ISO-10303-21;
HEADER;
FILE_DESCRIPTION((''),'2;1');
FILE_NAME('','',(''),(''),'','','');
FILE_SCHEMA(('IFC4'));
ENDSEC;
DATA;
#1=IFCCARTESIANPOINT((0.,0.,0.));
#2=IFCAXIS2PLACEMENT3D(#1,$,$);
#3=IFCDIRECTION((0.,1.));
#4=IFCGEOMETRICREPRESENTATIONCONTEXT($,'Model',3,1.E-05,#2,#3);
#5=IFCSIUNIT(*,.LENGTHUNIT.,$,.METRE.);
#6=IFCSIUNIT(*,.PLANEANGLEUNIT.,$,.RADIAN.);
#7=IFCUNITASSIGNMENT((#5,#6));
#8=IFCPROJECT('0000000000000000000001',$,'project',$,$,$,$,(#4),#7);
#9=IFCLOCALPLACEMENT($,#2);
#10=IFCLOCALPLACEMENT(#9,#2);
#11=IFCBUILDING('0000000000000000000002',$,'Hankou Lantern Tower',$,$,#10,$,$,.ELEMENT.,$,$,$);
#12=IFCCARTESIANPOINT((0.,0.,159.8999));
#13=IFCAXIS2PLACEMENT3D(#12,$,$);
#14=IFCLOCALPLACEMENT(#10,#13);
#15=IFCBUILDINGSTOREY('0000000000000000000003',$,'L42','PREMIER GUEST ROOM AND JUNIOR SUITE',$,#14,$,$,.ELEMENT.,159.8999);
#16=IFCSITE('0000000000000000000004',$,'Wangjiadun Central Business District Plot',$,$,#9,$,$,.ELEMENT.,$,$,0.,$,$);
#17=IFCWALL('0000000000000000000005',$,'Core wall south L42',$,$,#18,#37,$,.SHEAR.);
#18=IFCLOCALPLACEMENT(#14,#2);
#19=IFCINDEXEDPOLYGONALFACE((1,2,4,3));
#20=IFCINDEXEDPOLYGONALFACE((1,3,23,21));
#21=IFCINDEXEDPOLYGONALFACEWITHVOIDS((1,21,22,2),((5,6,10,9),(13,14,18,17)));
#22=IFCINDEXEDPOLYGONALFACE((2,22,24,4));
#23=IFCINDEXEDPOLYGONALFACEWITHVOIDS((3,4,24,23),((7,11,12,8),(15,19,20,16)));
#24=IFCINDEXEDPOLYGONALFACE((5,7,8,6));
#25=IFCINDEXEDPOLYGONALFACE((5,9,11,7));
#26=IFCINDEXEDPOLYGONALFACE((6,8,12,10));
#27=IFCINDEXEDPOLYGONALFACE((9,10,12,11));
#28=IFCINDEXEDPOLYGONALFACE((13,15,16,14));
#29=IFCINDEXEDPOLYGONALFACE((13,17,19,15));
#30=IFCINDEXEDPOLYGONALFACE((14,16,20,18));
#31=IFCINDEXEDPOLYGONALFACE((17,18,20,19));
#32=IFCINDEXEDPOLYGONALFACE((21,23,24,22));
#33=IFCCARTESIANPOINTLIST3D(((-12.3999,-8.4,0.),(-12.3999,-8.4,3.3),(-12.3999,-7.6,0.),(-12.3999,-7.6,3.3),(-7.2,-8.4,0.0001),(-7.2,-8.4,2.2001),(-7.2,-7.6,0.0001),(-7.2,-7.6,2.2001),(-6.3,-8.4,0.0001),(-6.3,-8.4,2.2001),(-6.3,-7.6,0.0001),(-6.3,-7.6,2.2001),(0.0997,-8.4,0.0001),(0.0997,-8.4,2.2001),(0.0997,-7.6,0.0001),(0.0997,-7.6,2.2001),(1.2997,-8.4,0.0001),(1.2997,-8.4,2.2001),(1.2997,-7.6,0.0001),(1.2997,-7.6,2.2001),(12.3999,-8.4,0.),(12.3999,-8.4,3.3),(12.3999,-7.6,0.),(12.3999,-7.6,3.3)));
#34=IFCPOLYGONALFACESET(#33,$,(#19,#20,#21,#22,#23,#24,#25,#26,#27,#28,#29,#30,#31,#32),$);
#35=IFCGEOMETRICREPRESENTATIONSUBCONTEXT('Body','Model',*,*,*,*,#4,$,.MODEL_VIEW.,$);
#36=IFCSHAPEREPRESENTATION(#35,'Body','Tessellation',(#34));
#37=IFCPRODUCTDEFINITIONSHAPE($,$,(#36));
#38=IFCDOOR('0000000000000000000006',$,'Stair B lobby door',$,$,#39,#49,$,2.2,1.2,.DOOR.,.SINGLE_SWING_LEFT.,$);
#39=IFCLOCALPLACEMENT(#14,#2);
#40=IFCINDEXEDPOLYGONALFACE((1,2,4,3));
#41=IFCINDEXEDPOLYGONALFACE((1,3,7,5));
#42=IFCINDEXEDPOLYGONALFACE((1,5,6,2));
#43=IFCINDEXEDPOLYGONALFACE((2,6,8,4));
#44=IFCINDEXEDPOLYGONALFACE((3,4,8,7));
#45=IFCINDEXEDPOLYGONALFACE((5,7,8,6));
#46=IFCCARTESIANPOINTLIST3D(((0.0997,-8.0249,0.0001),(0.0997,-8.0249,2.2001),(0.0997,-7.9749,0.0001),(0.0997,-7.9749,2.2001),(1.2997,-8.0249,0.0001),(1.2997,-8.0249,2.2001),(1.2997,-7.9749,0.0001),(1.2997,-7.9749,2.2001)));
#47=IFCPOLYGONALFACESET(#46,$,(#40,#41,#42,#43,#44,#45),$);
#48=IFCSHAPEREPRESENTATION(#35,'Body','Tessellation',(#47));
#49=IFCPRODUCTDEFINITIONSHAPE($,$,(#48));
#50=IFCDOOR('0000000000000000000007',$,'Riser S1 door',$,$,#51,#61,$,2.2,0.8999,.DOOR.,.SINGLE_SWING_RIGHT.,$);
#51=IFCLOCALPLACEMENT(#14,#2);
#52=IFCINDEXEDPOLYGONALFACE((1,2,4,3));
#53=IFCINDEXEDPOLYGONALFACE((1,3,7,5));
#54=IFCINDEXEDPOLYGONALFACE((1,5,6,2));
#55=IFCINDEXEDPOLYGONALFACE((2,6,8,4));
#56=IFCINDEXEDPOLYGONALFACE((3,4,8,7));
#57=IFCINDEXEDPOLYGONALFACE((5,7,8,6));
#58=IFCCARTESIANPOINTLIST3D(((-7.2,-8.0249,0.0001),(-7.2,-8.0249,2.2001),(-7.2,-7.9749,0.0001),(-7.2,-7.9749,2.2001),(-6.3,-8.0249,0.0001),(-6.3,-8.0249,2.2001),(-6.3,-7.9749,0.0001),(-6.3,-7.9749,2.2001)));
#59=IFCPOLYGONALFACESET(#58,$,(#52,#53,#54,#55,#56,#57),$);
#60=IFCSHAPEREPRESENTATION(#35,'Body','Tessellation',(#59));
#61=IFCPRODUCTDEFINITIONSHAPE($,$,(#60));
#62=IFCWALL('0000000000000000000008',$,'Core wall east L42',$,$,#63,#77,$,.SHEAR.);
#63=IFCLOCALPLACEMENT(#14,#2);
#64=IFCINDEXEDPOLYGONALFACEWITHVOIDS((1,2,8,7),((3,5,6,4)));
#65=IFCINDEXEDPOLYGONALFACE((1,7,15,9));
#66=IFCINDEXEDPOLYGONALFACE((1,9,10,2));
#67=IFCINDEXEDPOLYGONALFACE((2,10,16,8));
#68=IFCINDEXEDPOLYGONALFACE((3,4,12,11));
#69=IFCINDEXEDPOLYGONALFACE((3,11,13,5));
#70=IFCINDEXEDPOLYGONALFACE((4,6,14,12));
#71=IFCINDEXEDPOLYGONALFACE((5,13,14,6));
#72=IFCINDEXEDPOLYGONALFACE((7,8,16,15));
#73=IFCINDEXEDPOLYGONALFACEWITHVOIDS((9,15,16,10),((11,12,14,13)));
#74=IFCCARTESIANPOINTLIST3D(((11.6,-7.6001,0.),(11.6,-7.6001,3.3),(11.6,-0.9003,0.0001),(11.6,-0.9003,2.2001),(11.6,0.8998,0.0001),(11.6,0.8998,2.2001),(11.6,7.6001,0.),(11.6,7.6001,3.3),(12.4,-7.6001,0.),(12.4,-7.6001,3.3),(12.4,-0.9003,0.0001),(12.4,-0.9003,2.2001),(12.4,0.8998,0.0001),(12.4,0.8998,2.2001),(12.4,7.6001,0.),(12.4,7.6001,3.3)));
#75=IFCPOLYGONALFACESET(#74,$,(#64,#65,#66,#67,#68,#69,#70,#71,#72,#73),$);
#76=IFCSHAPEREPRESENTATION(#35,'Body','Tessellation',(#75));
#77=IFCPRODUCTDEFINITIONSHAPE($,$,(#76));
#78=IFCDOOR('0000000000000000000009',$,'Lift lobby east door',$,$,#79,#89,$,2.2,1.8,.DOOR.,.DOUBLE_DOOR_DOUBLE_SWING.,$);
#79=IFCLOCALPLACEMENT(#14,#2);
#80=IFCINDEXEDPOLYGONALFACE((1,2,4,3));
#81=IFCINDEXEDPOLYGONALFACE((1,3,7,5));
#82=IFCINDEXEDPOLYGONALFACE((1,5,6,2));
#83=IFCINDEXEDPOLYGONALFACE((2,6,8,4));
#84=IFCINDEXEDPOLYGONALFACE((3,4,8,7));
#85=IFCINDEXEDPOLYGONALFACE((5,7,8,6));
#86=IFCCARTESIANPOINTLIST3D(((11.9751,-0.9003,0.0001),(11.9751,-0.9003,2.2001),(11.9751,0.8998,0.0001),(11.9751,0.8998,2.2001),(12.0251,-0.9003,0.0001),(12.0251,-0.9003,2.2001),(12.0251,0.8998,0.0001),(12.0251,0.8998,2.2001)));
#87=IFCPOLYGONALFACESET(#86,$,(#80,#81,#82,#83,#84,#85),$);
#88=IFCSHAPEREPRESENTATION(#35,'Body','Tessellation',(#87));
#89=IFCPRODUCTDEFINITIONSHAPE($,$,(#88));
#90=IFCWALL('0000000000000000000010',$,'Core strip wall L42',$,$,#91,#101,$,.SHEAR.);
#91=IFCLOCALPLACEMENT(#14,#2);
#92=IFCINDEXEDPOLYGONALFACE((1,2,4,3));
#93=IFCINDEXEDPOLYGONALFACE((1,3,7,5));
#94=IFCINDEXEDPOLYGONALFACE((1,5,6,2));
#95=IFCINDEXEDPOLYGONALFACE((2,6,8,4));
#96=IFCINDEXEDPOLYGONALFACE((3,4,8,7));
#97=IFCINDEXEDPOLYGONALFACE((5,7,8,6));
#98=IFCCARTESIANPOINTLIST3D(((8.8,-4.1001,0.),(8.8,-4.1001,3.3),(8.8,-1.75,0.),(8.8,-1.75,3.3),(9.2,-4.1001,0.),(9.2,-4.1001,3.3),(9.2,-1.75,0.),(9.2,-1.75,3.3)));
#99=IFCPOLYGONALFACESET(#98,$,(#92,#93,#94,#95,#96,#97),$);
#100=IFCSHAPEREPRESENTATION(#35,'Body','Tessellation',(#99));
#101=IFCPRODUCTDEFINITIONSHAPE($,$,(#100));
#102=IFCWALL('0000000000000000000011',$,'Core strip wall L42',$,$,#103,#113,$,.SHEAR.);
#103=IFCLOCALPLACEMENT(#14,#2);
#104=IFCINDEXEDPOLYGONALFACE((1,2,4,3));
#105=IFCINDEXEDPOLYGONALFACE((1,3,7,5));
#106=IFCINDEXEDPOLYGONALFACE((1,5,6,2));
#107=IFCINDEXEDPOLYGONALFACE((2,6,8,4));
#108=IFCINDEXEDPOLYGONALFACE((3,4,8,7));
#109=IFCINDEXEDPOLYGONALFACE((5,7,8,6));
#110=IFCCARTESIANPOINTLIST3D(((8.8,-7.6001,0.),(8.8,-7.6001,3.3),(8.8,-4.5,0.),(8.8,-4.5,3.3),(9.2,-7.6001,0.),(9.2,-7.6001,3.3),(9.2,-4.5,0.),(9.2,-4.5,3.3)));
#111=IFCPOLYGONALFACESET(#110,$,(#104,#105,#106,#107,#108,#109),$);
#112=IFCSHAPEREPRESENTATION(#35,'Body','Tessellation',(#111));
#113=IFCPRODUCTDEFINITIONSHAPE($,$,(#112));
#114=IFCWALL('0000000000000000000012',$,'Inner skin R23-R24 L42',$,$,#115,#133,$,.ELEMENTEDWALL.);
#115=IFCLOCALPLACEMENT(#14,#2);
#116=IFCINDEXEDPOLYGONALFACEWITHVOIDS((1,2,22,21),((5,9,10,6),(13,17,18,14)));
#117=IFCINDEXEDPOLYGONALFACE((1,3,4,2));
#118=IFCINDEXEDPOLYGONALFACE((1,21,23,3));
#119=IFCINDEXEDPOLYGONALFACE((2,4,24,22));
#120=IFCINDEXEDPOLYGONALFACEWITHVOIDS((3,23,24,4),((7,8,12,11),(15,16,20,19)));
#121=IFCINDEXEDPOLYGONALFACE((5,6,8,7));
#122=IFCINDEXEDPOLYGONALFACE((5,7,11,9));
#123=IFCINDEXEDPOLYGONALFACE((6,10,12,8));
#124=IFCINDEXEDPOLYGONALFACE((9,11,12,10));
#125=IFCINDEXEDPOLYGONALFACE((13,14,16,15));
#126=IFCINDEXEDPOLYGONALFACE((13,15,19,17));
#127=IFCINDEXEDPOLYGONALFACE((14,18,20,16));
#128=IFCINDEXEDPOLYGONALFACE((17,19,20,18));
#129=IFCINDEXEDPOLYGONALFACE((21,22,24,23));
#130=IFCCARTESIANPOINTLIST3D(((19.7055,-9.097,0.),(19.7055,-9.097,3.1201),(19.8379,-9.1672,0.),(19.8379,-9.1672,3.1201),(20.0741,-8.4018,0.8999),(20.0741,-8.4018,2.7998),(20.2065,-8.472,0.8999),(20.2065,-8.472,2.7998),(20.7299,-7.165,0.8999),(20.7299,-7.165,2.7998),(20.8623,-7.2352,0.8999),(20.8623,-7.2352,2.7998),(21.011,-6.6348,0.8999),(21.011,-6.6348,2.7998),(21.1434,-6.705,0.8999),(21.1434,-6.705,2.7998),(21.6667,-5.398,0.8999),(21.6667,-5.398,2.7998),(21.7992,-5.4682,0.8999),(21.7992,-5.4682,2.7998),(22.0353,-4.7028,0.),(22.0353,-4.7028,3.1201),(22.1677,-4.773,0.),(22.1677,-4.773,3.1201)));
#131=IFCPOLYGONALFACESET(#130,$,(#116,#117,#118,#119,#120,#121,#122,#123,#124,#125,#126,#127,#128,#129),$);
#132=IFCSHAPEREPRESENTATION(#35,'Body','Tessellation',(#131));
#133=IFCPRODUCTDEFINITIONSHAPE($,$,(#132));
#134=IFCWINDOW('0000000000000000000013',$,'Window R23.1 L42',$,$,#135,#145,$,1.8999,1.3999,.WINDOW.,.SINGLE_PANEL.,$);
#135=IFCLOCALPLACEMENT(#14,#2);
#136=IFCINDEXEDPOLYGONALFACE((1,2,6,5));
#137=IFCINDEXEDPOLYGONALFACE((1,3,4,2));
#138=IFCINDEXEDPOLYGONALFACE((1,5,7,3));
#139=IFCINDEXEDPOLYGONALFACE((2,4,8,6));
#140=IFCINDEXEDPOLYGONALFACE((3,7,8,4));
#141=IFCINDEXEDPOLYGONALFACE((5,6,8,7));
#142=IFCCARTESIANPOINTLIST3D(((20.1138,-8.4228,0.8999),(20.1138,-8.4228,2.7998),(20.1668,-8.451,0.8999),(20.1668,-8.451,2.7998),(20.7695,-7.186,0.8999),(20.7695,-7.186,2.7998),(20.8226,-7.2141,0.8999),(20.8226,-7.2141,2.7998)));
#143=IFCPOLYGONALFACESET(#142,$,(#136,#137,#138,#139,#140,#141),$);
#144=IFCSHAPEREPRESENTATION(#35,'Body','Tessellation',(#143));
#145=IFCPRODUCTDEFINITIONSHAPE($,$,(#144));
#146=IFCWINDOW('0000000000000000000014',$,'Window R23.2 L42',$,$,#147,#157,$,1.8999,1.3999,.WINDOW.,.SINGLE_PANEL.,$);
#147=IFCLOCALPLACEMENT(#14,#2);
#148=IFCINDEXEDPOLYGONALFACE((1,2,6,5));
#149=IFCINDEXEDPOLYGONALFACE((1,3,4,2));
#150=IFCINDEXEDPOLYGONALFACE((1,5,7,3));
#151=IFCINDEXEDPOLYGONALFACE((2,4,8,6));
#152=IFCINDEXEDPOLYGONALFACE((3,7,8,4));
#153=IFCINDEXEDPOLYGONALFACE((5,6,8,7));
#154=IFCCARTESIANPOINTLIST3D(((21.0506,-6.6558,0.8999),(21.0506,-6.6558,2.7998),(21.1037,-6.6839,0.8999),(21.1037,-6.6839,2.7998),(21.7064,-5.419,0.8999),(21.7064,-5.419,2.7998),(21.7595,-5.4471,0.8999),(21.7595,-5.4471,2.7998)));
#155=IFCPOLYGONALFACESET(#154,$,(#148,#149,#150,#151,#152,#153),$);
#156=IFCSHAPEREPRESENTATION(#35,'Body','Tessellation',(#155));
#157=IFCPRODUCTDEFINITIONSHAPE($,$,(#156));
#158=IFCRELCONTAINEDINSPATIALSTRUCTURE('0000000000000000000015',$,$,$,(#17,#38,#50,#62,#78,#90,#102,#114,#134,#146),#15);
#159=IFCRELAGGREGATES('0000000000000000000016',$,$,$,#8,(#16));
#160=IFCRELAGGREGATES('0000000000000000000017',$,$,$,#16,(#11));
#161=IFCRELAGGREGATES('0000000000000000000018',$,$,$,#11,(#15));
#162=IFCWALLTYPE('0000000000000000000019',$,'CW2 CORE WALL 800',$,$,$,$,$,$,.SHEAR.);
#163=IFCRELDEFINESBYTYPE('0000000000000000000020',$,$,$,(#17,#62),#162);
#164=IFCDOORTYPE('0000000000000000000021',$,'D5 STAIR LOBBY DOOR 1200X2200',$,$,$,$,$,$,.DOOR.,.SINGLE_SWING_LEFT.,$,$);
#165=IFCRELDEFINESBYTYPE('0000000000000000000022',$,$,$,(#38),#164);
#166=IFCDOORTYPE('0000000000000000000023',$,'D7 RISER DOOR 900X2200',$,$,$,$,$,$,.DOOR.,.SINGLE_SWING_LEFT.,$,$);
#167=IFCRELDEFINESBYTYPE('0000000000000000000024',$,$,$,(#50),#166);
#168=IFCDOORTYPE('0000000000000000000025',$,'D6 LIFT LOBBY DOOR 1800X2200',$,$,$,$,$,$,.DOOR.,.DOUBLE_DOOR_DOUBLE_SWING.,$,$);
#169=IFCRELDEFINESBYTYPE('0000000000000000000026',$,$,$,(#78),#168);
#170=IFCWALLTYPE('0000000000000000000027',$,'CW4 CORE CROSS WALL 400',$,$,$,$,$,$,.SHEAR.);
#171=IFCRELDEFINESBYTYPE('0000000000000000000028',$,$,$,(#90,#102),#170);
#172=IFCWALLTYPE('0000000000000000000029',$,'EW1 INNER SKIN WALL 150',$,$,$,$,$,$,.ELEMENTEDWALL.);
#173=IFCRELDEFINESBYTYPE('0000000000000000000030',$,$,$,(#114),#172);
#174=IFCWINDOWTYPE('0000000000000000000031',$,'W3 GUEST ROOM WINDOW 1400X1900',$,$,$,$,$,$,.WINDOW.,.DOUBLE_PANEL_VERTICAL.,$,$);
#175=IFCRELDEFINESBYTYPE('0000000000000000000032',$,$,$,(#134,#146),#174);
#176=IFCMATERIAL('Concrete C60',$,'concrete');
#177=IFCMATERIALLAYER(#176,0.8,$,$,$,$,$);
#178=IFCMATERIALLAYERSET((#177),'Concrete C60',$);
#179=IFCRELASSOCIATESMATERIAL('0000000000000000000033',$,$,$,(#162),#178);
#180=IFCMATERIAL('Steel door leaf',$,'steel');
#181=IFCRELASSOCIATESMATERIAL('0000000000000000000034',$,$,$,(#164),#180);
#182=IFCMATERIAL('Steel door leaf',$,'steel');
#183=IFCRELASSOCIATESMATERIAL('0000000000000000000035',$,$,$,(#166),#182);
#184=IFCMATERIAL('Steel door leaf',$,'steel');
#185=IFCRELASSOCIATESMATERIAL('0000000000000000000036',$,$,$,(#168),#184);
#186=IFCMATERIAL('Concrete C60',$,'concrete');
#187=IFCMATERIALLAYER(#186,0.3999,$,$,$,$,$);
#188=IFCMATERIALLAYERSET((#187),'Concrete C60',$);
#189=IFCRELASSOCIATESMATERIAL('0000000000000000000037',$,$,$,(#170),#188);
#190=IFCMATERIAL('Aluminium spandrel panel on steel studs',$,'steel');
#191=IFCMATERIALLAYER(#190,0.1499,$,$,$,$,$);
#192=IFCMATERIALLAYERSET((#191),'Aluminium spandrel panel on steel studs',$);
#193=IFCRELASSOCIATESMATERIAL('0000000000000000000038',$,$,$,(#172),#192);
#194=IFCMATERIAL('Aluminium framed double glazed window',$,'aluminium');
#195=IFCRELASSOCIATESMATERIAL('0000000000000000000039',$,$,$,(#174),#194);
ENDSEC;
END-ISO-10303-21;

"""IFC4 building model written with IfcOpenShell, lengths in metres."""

from ifc_helpers import new_model, si_unit, direction, frame, frame_2d, origin, place, context, subcontext, project, spatial, rectangle, extrude, material, layer, layer_set, type_object, element, fill, save


model = new_model("IFC4")

# Units and contexts
model_context = context("Model", 3, precision=1e-05, world=origin(), true_north=direction((0.0, 1.0)))
body_context = subcontext(model_context, "Body", "Model", "MODEL_VIEW")
ifc_project = project(units=[si_unit("LENGTHUNIT", "METRE"), si_unit("PLANEANGLEUNIT", "RADIAN")], contexts=[model_context])

# Site, building, storey
site_placement = place(None, origin())
site = spatial("IfcSite", under=ifc_project, at=site_placement, Name="Wangjiadun Central Business District Plot", CompositionType="ELEMENT", RefElevation=0.0)
building_placement = place(site_placement, origin())
building = spatial("IfcBuilding", under=site, at=building_placement, Name="Hankou Lantern Tower", CompositionType="ELEMENT")
storey_placement = place(building_placement, frame((0.0, 0.0, 159.8999)))
storey = spatial("IfcBuildingStorey", under=building, at=storey_placement, Name="L42", Description="PREMIER GUEST ROOM AND JUNIOR SUITE", CompositionType="ELEMENT", Elevation=159.8999)

# Wall, openings, doors
ifc_material_1 = material(Name="Concrete C60", Category="concrete")
ifc_layer_1 = layer(ifc_material_1, 0.8)
ifc_layer_set_1 = layer_set([ifc_layer_1], Name="Concrete C60")
wall_type_1 = type_object("IfcWallType", Name="CW2 CORE WALL 800", PredefinedType="SHEAR", material=ifc_layer_set_1)
wall_1_placement = place(storey_placement, frame((12.3999, -8.0, 0.0), z_axis=(0.0, 0.0, 1.0), x_axis=(-1.0, 0.0, 0.0)))
wall_1 = element("IfcWall", 1, at=wall_1_placement, inside=storey, type_object=wall_type_1, Name="Core wall south L42", PredefinedType="SHEAR", context=body_context, shape_type="SweptSolid", body=[
    extrude(rectangle(XDim=24.7998, YDim=0.8, at=frame_2d((12.3999, 0.0))), origin(), (0.0, 0.0, 1.0), 3.3),
])
opening_1_placement = place(wall_1_placement, frame((11.1001, 0.0, 0.0)))
opening_1 = element("IfcOpeningElement", 2, at=opening_1_placement, cuts=wall_1, PredefinedType="OPENING", context=body_context, shape_type="SweptSolid", body=[
    extrude(rectangle(XDim=1.2, YDim=2.2, at=frame_2d((0.6001, 1.1001))), frame((0.0, 0.4099, 0.0), z_axis=(0.0, -1.0, 0.0), x_axis=(1.0, 0.0, 0.0)), (0.0, 0.0, 1.0), 0.8201),
])
opening_2_placement = place(wall_1_placement, frame((18.7, 0.0, 0.0)))
opening_2 = element("IfcOpeningElement", 3, at=opening_2_placement, cuts=wall_1, PredefinedType="OPENING", context=body_context, shape_type="SweptSolid", body=[
    extrude(rectangle(XDim=0.8999, YDim=2.2, at=frame_2d((0.45, 1.1001))), frame((0.0, 0.4099, 0.0), z_axis=(0.0, -1.0, 0.0), x_axis=(1.0, 0.0, 0.0)), (0.0, 0.0, 1.0), 0.8201),
])
ifc_material_2 = material(Name="Steel door leaf", Category="steel")
door_type_1 = type_object("IfcDoorType", Name="D5 STAIR LOBBY DOOR 1200X2200", OperationType="SINGLE_SWING_LEFT", PredefinedType="DOOR", material=ifc_material_2)
door_1_placement = place(opening_1_placement, origin())
door_1 = element("IfcDoor", 4, at=door_1_placement, inside=storey, type_object=door_type_1, Name="Stair B lobby door", OperationType="SINGLE_SWING_LEFT", OverallHeight=2.2, OverallWidth=1.2, PredefinedType="DOOR", context=body_context, shape_type="SweptSolid", body=[
    extrude(rectangle(XDim=1.2, YDim=2.2, at=frame_2d((0.6001, 1.1001))), frame((0.0, 0.0249, 0.0), z_axis=(0.0, -1.0, 0.0), x_axis=(1.0, 0.0, 0.0)), (0.0, 0.0, 1.0), 0.05),
])
fill(opening_1, door_1)
ifc_material_3 = material(Name="Steel door leaf", Category="steel")
door_type_2 = type_object("IfcDoorType", Name="D7 RISER DOOR 900X2200", OperationType="SINGLE_SWING_LEFT", PredefinedType="DOOR", material=ifc_material_3)
door_2_placement = place(opening_2_placement, origin())
door_2 = element("IfcDoor", 5, at=door_2_placement, inside=storey, type_object=door_type_2, Name="Riser S1 door", OperationType="SINGLE_SWING_RIGHT", OverallHeight=2.2, OverallWidth=0.8999, PredefinedType="DOOR", context=body_context, shape_type="SweptSolid", body=[
    extrude(rectangle(XDim=0.8999, YDim=2.2, at=frame_2d((0.45, 1.1001))), frame((0.0, 0.0249, 0.0), z_axis=(0.0, -1.0, 0.0), x_axis=(1.0, 0.0, 0.0)), (0.0, 0.0, 1.0), 0.05),
])
fill(opening_2, door_2)

# Wall, opening, door
wall_2_placement = place(storey_placement, frame((12.0, -7.6001, 0.0), z_axis=(0.0, 0.0, 1.0), x_axis=(0.0, 1.0, 0.0)))
wall_2 = element("IfcWall", 6, at=wall_2_placement, inside=storey, type_object=wall_type_1, Name="Core wall east L42", PredefinedType="SHEAR", context=body_context, shape_type="SweptSolid", body=[
    extrude(rectangle(XDim=15.2002, YDim=0.8, at=frame_2d((7.6001, 0.0))), origin(), (0.0, 0.0, 1.0), 3.3),
])
opening_3_placement = place(wall_2_placement, frame((6.7, 0.0, 0.0)))
opening_3 = element("IfcOpeningElement", 7, at=opening_3_placement, cuts=wall_2, PredefinedType="OPENING", context=body_context, shape_type="SweptSolid", body=[
    extrude(rectangle(XDim=1.8, YDim=2.2, at=frame_2d((0.8999, 1.1001))), frame((0.0, 0.4099, 0.0), z_axis=(0.0, -1.0, 0.0), x_axis=(1.0, 0.0, 0.0)), (0.0, 0.0, 1.0), 0.8201),
])
ifc_material_4 = material(Name="Steel door leaf", Category="steel")
door_type_3 = type_object("IfcDoorType", Name="D6 LIFT LOBBY DOOR 1800X2200", OperationType="DOUBLE_DOOR_DOUBLE_SWING", PredefinedType="DOOR", material=ifc_material_4)
door_3_placement = place(opening_3_placement, origin())
door_3 = element("IfcDoor", 8, at=door_3_placement, inside=storey, type_object=door_type_3, Name="Lift lobby east door", OperationType="DOUBLE_DOOR_DOUBLE_SWING", OverallHeight=2.2, OverallWidth=1.8, PredefinedType="DOOR", context=body_context, shape_type="SweptSolid", body=[
    extrude(rectangle(XDim=1.8, YDim=2.2, at=frame_2d((0.8999, 1.1001))), frame((0.0, 0.0249, 0.0), z_axis=(0.0, -1.0, 0.0), x_axis=(1.0, 0.0, 0.0)), (0.0, 0.0, 1.0), 0.05),
])
fill(opening_3, door_3)

# Walls
ifc_material_5 = material(Name="Concrete C60", Category="concrete")
ifc_layer_2 = layer(ifc_material_5, 0.3999)
ifc_layer_set_2 = layer_set([ifc_layer_2], Name="Concrete C60")
wall_type_2 = type_object("IfcWallType", Name="CW4 CORE CROSS WALL 400", PredefinedType="SHEAR", material=ifc_layer_set_2)
wall_3_placement = place(storey_placement, frame((9.0, -4.1001, 0.0), z_axis=(0.0, 0.0, 1.0), x_axis=(0.0, 1.0, 0.0)))
element("IfcWall", 9, at=wall_3_placement, inside=storey, type_object=wall_type_2, Name="Core strip wall L42", PredefinedType="SHEAR", context=body_context, shape_type="SweptSolid", body=[
    extrude(rectangle(XDim=2.3501, YDim=0.3999, at=frame_2d((1.175, 0.0))), origin(), (0.0, 0.0, 1.0), 3.3),
])
wall_4_placement = place(storey_placement, frame((9.0, -7.6001, 0.0), z_axis=(0.0, 0.0, 1.0), x_axis=(0.0, 1.0, 0.0)))
element("IfcWall", 10, at=wall_4_placement, inside=storey, type_object=wall_type_2, Name="Core strip wall L42", PredefinedType="SHEAR", context=body_context, shape_type="SweptSolid", body=[
    extrude(rectangle(XDim=3.1001, YDim=0.3999, at=frame_2d((1.55, 0.0))), origin(), (0.0, 0.0, 1.0), 3.3),
])

# Wall, openings, windows
ifc_material_6 = material(Name="Aluminium spandrel panel on steel studs", Category="steel")
ifc_layer_3 = layer(ifc_material_6, 0.1499)
ifc_layer_set_3 = layer_set([ifc_layer_3], Name="Aluminium spandrel panel on steel studs")
wall_type_3 = type_object("IfcWallType", Name="EW1 INNER SKIN WALL 150", PredefinedType="ELEMENTEDWALL", material=ifc_layer_set_3)
wall_5_placement = place(storey_placement, frame((19.7717, -9.1321, 0.0), z_axis=(0.0, 0.0, 1.0), x_axis=(0.468429, 0.883501, 0.0)))
wall_5 = element("IfcWall", 11, at=wall_5_placement, inside=storey, type_object=wall_type_3, Name="Inner skin R23-R24 L42", PredefinedType="ELEMENTEDWALL", context=body_context, shape_type="SweptSolid", body=[
    extrude(rectangle(XDim=4.9736, YDim=0.1499, at=frame_2d((2.4868, 0.0))), origin(), (0.0, 0.0, 1.0), 3.1201),
])
opening_4_placement = place(wall_5_placement, frame((0.7869, 0.0, 0.8999)))
opening_4 = element("IfcOpeningElement", 12, at=opening_4_placement, cuts=wall_5, PredefinedType="OPENING", context=body_context, shape_type="SweptSolid", body=[
    extrude(rectangle(XDim=1.3999, YDim=1.8999, at=frame_2d((0.7, 0.95))), frame((0.0, 0.085, 0.0), z_axis=(0.0, -1.0, 0.0), x_axis=(1.0, 0.0, 0.0)), (0.0, 0.0, 1.0), 0.1699),
])
opening_5_placement = place(wall_5_placement, frame((2.7869, 0.0, 0.8999)))
opening_5 = element("IfcOpeningElement", 13, at=opening_5_placement, cuts=wall_5, PredefinedType="OPENING", context=body_context, shape_type="SweptSolid", body=[
    extrude(rectangle(XDim=1.3999, YDim=1.8999, at=frame_2d((0.7, 0.95))), frame((0.0, 0.085, 0.0), z_axis=(0.0, -1.0, 0.0), x_axis=(1.0, 0.0, 0.0)), (0.0, 0.0, 1.0), 0.1699),
])
ifc_material_7 = material(Name="Aluminium framed double glazed window", Category="aluminium")
window_type = type_object("IfcWindowType", Name="W3 GUEST ROOM WINDOW 1400X1900", PartitioningType="DOUBLE_PANEL_VERTICAL", PredefinedType="WINDOW", material=ifc_material_7)
window_1_placement = place(opening_4_placement, origin())
window_1 = element("IfcWindow", 14, at=window_1_placement, inside=storey, type_object=window_type, Name="Window R23.1 L42", OverallHeight=1.8999, OverallWidth=1.3999, PartitioningType="SINGLE_PANEL", PredefinedType="WINDOW", context=body_context, shape_type="SweptSolid", body=[
    extrude(rectangle(XDim=1.3999, YDim=1.8999, at=frame_2d((0.7, 0.95))), frame((0.0, 0.03, 0.0), z_axis=(0.0, -1.0, 0.0), x_axis=(1.0, 0.0, 0.0)), (0.0, 0.0, 1.0), 0.0601),
])
fill(opening_4, window_1)
window_2_placement = place(opening_5_placement, origin())
window_2 = element("IfcWindow", 15, at=window_2_placement, inside=storey, type_object=window_type, Name="Window R23.2 L42", OverallHeight=1.8999, OverallWidth=1.3999, PartitioningType="SINGLE_PANEL", PredefinedType="WINDOW", context=body_context, shape_type="SweptSolid", body=[
    extrude(rectangle(XDim=1.3999, YDim=1.8999, at=frame_2d((0.7, 0.95))), frame((0.0, 0.03, 0.0), z_axis=(0.0, -1.0, 0.0), x_axis=(1.0, 0.0, 0.0)), (0.0, 0.0, 1.0), 0.0601),
])
fill(opening_5, window_2)

save(model, "model.ifc")
